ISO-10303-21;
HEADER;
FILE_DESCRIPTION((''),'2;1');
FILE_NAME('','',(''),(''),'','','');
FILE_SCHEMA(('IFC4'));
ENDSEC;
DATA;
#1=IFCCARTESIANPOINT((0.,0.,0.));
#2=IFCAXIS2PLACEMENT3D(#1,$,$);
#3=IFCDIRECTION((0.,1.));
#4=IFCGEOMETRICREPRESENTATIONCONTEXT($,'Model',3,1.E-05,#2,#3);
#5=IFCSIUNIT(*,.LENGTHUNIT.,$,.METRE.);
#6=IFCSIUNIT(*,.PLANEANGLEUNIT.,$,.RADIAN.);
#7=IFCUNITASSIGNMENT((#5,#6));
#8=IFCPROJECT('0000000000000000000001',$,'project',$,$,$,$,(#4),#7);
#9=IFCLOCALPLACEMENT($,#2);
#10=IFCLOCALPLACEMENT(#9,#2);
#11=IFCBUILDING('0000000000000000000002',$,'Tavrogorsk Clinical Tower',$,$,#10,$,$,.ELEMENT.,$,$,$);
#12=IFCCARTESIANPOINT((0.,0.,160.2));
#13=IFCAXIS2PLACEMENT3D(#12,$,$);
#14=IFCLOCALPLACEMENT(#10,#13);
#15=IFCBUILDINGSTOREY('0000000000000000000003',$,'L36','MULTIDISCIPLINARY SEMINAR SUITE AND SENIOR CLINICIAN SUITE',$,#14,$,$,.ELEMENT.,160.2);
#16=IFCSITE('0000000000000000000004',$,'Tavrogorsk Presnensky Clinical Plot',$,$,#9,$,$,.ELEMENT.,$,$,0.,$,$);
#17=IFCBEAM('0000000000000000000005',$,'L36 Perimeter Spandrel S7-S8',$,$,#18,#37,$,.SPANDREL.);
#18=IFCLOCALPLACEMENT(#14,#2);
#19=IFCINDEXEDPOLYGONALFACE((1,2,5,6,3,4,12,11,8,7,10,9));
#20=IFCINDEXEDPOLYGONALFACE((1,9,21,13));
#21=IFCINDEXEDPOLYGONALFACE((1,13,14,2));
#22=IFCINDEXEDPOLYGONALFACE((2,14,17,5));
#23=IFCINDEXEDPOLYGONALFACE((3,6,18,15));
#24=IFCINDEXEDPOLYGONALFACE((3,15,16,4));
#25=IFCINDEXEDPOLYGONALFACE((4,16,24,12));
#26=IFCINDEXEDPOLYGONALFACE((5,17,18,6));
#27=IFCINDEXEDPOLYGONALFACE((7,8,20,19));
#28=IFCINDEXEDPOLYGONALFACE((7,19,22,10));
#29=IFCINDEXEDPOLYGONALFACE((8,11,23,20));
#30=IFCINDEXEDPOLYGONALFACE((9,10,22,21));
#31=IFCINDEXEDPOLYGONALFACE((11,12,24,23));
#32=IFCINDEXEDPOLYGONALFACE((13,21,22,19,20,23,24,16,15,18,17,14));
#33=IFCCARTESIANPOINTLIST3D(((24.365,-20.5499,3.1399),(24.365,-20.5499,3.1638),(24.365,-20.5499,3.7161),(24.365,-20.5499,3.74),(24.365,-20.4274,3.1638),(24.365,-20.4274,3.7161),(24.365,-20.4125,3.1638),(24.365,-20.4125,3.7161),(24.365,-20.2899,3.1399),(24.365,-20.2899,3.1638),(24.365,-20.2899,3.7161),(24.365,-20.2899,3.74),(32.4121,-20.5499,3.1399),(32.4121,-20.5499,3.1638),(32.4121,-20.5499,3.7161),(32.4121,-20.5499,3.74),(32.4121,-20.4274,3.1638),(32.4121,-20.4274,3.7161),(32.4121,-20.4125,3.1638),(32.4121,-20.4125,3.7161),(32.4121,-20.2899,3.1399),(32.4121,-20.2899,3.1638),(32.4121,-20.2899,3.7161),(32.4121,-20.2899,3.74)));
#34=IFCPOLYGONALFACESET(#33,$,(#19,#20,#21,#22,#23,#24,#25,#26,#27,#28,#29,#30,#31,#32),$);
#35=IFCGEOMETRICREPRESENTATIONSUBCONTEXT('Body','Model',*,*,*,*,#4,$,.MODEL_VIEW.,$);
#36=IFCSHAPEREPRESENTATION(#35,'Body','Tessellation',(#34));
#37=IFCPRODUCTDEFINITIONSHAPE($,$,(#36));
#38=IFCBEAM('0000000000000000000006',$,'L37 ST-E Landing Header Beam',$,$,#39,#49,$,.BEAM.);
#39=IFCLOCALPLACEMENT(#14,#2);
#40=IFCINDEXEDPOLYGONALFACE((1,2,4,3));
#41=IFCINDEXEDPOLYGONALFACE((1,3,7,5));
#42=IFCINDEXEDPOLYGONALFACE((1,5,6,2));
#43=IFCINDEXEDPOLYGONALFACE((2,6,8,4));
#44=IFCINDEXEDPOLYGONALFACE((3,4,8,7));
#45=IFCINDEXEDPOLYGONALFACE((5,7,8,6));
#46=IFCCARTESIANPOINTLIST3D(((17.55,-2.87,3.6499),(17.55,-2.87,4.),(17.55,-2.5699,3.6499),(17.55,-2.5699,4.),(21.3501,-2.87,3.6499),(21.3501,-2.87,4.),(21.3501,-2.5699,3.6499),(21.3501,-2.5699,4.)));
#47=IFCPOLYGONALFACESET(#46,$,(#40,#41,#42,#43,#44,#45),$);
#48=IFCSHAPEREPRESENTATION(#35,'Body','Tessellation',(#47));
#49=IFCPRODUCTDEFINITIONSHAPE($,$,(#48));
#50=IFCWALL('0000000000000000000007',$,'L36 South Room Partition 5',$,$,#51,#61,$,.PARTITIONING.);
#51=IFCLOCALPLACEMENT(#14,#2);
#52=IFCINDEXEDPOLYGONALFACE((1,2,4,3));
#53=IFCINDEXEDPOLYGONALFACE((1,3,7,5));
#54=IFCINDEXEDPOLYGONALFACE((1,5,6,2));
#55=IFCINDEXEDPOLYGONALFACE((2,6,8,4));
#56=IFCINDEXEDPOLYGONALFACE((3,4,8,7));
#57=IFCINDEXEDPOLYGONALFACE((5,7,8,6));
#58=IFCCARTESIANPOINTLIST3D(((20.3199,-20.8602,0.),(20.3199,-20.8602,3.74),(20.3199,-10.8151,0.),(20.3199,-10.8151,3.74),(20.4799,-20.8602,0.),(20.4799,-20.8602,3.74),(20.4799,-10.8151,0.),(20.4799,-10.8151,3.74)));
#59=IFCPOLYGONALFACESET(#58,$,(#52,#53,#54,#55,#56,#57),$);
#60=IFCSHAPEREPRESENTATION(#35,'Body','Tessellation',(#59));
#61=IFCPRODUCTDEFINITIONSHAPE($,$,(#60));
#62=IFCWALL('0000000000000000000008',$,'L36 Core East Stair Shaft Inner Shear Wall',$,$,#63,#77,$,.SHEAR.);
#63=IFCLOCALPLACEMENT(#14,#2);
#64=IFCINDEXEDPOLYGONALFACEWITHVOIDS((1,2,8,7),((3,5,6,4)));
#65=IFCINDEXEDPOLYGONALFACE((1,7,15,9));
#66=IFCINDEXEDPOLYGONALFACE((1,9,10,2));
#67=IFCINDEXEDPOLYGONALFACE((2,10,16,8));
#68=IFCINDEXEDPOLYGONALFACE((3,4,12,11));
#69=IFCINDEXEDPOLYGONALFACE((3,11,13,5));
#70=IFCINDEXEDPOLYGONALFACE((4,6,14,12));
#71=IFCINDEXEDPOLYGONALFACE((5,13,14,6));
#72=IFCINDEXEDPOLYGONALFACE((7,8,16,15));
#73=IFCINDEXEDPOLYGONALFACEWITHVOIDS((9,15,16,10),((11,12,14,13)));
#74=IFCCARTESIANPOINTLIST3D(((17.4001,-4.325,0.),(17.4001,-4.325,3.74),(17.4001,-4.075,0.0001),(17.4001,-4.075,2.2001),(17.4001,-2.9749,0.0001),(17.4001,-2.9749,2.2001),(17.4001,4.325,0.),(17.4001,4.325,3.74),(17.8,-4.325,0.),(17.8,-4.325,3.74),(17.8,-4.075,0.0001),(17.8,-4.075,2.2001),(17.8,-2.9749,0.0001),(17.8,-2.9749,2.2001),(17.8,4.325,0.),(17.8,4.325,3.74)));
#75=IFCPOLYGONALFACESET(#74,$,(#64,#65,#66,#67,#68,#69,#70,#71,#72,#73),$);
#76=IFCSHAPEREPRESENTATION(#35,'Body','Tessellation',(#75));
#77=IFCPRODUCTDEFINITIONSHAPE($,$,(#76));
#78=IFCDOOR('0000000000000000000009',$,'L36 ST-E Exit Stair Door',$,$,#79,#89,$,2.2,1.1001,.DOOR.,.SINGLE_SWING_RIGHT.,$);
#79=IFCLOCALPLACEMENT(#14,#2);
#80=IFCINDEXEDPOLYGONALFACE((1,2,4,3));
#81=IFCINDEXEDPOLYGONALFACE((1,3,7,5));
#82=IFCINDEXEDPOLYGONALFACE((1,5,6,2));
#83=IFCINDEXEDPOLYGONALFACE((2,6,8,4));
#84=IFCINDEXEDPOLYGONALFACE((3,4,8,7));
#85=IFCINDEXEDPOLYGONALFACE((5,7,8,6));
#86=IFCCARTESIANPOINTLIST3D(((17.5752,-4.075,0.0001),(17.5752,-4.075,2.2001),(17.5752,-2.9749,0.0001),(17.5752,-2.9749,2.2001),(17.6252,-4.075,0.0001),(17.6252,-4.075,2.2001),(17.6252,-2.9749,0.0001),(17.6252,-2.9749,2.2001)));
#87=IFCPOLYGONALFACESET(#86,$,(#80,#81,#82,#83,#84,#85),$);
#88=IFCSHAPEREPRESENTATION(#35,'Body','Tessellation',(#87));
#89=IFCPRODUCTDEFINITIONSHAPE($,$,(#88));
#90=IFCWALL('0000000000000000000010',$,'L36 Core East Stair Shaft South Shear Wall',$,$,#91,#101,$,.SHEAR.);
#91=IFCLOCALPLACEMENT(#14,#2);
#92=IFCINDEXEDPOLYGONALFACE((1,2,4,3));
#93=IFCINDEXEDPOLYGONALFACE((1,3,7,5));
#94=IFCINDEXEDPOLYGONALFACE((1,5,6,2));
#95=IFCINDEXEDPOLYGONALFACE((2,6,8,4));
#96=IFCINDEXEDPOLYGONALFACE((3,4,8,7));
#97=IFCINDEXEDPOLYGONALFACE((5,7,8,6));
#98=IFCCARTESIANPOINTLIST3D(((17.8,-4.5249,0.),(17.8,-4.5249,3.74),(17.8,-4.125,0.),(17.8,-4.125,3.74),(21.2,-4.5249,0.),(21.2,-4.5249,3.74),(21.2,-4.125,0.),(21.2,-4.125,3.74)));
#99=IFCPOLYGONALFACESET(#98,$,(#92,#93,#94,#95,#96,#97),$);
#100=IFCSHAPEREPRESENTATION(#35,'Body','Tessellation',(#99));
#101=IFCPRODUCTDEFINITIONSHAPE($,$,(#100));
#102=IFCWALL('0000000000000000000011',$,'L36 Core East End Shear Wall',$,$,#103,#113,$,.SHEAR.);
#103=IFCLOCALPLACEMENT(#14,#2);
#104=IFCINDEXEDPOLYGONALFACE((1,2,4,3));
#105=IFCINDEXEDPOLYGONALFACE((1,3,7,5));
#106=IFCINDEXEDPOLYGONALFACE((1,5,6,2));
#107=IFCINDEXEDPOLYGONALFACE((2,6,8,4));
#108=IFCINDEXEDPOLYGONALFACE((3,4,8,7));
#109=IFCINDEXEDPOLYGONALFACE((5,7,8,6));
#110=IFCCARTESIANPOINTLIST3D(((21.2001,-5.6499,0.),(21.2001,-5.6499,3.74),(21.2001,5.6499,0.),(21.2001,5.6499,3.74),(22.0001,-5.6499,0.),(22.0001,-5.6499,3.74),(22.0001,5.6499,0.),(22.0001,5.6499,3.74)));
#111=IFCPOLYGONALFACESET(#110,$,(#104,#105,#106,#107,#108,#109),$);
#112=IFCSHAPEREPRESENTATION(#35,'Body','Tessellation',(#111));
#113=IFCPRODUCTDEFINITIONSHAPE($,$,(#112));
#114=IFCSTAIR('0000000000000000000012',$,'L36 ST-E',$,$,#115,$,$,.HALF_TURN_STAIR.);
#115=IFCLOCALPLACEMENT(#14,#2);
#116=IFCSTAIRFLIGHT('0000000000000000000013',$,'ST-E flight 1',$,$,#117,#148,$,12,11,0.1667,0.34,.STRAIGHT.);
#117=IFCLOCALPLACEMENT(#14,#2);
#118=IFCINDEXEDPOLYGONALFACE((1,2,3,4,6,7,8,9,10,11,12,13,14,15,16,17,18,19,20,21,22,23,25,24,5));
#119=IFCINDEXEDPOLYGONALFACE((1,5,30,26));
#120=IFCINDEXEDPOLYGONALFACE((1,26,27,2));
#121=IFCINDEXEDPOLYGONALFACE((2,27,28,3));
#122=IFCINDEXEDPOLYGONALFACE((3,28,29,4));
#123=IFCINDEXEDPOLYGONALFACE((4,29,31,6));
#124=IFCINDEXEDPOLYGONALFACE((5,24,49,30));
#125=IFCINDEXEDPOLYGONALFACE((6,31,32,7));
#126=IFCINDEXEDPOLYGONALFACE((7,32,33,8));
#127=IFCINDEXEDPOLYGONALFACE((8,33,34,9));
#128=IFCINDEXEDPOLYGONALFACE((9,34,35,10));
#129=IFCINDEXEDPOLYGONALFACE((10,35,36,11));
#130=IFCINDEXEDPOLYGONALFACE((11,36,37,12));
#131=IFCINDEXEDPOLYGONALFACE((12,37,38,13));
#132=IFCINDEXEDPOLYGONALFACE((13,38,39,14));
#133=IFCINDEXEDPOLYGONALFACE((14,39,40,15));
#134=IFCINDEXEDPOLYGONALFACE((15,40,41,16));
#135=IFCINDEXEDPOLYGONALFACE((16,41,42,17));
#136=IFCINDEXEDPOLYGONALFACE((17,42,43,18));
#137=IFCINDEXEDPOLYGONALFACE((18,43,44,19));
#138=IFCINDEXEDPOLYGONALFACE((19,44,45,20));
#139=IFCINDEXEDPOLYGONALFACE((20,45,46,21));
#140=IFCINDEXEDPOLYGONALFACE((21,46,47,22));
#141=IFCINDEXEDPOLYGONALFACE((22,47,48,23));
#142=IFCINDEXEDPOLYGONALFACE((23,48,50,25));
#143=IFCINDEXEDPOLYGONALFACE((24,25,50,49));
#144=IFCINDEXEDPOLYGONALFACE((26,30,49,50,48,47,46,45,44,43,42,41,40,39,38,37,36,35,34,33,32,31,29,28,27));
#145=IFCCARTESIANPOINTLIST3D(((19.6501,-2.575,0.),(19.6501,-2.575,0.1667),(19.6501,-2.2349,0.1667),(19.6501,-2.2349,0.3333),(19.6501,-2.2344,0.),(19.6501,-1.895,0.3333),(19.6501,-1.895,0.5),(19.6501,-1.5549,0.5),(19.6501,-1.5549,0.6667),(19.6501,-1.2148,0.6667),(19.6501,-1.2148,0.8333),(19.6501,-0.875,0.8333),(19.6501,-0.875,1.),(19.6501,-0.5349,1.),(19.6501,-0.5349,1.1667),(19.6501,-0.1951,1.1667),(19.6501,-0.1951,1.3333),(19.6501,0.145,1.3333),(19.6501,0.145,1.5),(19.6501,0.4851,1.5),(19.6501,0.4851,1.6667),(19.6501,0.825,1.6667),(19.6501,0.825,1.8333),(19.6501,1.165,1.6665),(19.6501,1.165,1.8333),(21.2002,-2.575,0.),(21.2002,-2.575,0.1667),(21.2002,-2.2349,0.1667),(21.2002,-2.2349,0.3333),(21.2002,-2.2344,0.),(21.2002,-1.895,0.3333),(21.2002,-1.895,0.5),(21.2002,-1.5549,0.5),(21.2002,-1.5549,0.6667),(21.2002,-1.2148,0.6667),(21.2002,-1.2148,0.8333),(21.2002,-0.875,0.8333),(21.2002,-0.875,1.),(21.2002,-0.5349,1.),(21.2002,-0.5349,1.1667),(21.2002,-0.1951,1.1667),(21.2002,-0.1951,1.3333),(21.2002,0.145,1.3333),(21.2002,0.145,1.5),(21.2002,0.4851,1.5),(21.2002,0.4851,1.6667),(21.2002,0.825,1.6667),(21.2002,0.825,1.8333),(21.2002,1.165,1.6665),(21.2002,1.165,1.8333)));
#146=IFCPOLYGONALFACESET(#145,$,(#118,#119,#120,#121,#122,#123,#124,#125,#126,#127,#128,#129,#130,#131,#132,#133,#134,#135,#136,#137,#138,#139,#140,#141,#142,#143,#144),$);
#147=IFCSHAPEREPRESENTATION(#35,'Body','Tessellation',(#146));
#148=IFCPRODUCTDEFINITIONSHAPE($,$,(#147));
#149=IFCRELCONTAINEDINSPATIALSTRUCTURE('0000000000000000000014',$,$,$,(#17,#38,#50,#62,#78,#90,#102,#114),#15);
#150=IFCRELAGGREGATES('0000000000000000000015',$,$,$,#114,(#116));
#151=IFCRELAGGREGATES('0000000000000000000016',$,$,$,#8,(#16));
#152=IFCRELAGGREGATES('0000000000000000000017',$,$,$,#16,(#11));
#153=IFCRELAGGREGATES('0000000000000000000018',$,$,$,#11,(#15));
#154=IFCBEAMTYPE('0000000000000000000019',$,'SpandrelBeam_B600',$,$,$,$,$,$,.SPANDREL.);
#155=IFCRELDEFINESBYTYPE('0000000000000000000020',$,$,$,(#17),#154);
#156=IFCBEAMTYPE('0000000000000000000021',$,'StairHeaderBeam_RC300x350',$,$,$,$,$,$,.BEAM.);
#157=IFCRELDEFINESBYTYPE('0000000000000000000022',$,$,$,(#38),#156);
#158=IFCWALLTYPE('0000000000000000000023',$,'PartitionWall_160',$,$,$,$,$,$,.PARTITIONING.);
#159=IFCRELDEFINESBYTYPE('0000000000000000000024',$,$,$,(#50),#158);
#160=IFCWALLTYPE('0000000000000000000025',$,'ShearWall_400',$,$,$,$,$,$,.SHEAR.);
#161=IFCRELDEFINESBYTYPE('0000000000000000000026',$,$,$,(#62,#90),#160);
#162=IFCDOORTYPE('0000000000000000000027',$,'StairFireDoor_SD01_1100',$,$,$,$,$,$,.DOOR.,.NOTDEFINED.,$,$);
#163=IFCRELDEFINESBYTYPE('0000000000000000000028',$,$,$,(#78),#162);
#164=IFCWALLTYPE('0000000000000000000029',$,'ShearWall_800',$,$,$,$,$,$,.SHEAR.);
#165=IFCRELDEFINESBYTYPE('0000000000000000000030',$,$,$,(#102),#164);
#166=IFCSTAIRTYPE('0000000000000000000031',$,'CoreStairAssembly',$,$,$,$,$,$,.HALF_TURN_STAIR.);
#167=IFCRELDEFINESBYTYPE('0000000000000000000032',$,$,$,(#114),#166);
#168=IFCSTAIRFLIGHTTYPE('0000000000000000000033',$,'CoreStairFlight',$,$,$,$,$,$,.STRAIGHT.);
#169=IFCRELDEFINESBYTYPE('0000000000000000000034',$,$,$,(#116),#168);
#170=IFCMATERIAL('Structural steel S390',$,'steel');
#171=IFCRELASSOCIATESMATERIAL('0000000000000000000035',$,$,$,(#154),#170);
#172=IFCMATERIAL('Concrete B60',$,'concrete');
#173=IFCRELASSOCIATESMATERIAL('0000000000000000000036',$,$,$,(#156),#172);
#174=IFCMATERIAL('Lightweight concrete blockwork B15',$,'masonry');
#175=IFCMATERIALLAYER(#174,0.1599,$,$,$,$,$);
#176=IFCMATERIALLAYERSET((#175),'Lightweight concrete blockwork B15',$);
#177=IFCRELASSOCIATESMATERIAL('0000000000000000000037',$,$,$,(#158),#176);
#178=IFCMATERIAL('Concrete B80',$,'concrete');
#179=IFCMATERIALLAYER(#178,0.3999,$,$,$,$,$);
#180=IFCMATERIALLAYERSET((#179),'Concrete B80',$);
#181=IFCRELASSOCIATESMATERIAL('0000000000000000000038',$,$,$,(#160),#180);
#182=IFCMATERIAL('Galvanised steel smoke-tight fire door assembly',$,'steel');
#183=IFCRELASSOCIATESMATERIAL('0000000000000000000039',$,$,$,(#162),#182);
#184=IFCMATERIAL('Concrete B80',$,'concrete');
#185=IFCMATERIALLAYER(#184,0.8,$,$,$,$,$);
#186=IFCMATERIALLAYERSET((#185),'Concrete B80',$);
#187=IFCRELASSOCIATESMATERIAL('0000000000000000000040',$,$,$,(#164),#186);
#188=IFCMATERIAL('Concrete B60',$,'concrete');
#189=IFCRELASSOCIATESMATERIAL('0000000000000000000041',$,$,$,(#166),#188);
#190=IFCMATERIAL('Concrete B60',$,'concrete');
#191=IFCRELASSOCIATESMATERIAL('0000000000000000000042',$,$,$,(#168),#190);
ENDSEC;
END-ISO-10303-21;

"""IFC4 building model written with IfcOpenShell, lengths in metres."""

from ifc_helpers import new_model, si_unit, direction, frame, frame_2d, origin, origin_2d, place, context, subcontext, project, spatial, polyline, rectangle, i_section, outline, extrude, material, layer, layer_set, material_profile, profile_set, type_object, element, fill, aggregate, save


model = new_model("IFC4")

# Units and contexts
model_context = context("Model", 3, precision=1e-05, world=origin(), true_north=direction((0.0, 1.0)))
body_context = subcontext(model_context, "Body", "Model", "MODEL_VIEW")
ifc_project = project(units=[si_unit("LENGTHUNIT", "METRE"), si_unit("PLANEANGLEUNIT", "RADIAN")], contexts=[model_context])

# Site, building, storey
site_placement = place(None, origin())
site = spatial("IfcSite", under=ifc_project, at=site_placement, Name="Tavrogorsk Presnensky Clinical Plot", CompositionType="ELEMENT", RefElevation=0.0)
building_placement = place(site_placement, origin())
building = spatial("IfcBuilding", under=site, at=building_placement, Name="Tavrogorsk Clinical Tower", CompositionType="ELEMENT")
storey_placement = place(building_placement, frame((0.0, 0.0, 160.2)))
storey = spatial("IfcBuildingStorey", under=building, at=storey_placement, Name="L36", Description="MULTIDISCIPLINARY SEMINAR SUITE AND SENIOR CLINICIAN SUITE", CompositionType="ELEMENT", Elevation=160.2)

# Beams
ifc_material_1 = material(Name="Structural steel S390", Category="steel")
ifc_material_profile_1 = material_profile(ifc_material_1, i_section(OverallWidth=0.26, OverallDepth=0.6001, WebThickness=0.0149, FlangeThickness=0.0239, at=origin_2d()), Name="B-600x260x15x24")
ifc_profile_set_1 = profile_set([ifc_material_profile_1], Name="Structural steel S390")
beam_type_1 = type_object("IfcBeamType", Name="SpandrelBeam_B600", PredefinedType="SPANDREL", material=ifc_profile_set_1)
beam_1_placement = place(storey_placement, frame((24.365, -20.4199, 3.4399), z_axis=(1.0, 0.0, 0.0), x_axis=(0.0, 1.0, 0.0)))
element("IfcBeam", 1, at=beam_1_placement, inside=storey, type_object=beam_type_1, Name="L36 Perimeter Spandrel S7-S8", PredefinedType="SPANDREL", context=body_context, shape_type="SweptSolid", body=[
    extrude(i_section(OverallWidth=0.26, OverallDepth=0.6001, WebThickness=0.0149, FlangeThickness=0.0239, at=origin_2d()), origin(), (0.0, 0.0, 1.0), 8.0471),
])
ifc_material_2 = material(Name="Concrete B60", Category="concrete")
ifc_material_profile_2 = material_profile(ifc_material_2, rectangle(XDim=0.3, YDim=0.3501, at=origin_2d()), Name="RC-SHB-300x350")
ifc_profile_set_2 = profile_set([ifc_material_profile_2], Name="Concrete B60")
beam_type_2 = type_object("IfcBeamType", Name="StairHeaderBeam_RC300x350", PredefinedType="BEAM", material=ifc_profile_set_2)
beam_2_placement = place(storey_placement, frame((17.55, -2.72, 3.825), z_axis=(1.0, 0.0, 0.0), x_axis=(0.0, 1.0, 0.0)))
element("IfcBeam", 2, at=beam_2_placement, inside=storey, type_object=beam_type_2, Name="L37 ST-E Landing Header Beam", PredefinedType="BEAM", context=body_context, shape_type="SweptSolid", body=[
    extrude(rectangle(XDim=0.3, YDim=0.3501, at=origin_2d()), origin(), (0.0, 0.0, 1.0), 3.8),
])

# Wall
ifc_material_3 = material(Name="Lightweight concrete blockwork B15", Category="masonry")
ifc_layer_1 = layer(ifc_material_3, 0.1599)
ifc_layer_set_1 = layer_set([ifc_layer_1], Name="Lightweight concrete blockwork B15")
wall_type_1 = type_object("IfcWallType", Name="PartitionWall_160", PredefinedType="PARTITIONING", material=ifc_layer_set_1)
wall_1_placement = place(storey_placement, frame((20.3999, -20.8601, 0.0), z_axis=(0.0, 0.0, 1.0), x_axis=(0.0, 1.0, 0.0)))
element("IfcWall", 3, at=wall_1_placement, inside=storey, type_object=wall_type_1, Name="L36 South Room Partition 5", PredefinedType="PARTITIONING", context=body_context, shape_type="SweptSolid", body=[
    extrude(rectangle(XDim=10.0452, YDim=0.1599, at=frame_2d((5.0225, 0.0))), origin(), (0.0, 0.0, 1.0), 3.74),
])

# Wall, opening, door
ifc_material_4 = material(Name="Concrete B80", Category="concrete")
ifc_layer_2 = layer(ifc_material_4, 0.3999)
ifc_layer_set_2 = layer_set([ifc_layer_2], Name="Concrete B80")
wall_type_2 = type_object("IfcWallType", Name="ShearWall_400", PredefinedType="SHEAR", material=ifc_layer_set_2)
wall_2_placement = place(storey_placement, frame((17.6001, -4.325, 0.0), z_axis=(0.0, 0.0, 1.0), x_axis=(0.0, 1.0, 0.0)))
wall_2 = element("IfcWall", 4, at=wall_2_placement, inside=storey, type_object=wall_type_2, Name="L36 Core East Stair Shaft Inner Shear Wall", PredefinedType="SHEAR", context=body_context, shape_type="SweptSolid", body=[
    extrude(rectangle(XDim=8.6499, YDim=0.3999, at=frame_2d((4.325, 0.0))), origin(), (0.0, 0.0, 1.0), 3.74),
])
opening_placement = place(wall_2_placement, frame((0.25, 0.0, 0.0)))
opening = element("IfcOpeningElement", 5, at=opening_placement, cuts=wall_2, PredefinedType="OPENING", context=body_context, shape_type="SweptSolid", body=[
    extrude(rectangle(XDim=1.1001, YDim=2.2, at=frame_2d((0.55, 1.1001))), frame((0.0, 0.21, 0.0), z_axis=(0.0, -1.0, 0.0), x_axis=(1.0, 0.0, 0.0)), (0.0, 0.0, 1.0), 0.4199),
])
ifc_material_5 = material(Name="Galvanised steel smoke-tight fire door assembly", Category="steel")
door_type = type_object("IfcDoorType", Name="StairFireDoor_SD01_1100", OperationType="NOTDEFINED", PredefinedType="DOOR", material=ifc_material_5)
door_placement = place(opening_placement, origin())
door = element("IfcDoor", 6, at=door_placement, inside=storey, type_object=door_type, Name="L36 ST-E Exit Stair Door", OperationType="SINGLE_SWING_RIGHT", OverallHeight=2.2, OverallWidth=1.1001, PredefinedType="DOOR", context=body_context, shape_type="SweptSolid", body=[
    extrude(rectangle(XDim=1.1001, YDim=2.2, at=frame_2d((0.55, 1.1001))), frame((0.0, 0.0249, 0.0), z_axis=(0.0, -1.0, 0.0), x_axis=(1.0, 0.0, 0.0)), (0.0, 0.0, 1.0), 0.05),
])
fill(opening, door)

# Walls
wall_3_placement = place(storey_placement, frame((17.8, -4.325, 0.0), z_axis=(0.0, 0.0, 1.0), x_axis=(1.0, 0.0, 0.0)))
element("IfcWall", 7, at=wall_3_placement, inside=storey, type_object=wall_type_2, Name="L36 Core East Stair Shaft South Shear Wall", PredefinedType="SHEAR", context=body_context, shape_type="SweptSolid", body=[
    extrude(rectangle(XDim=3.3999, YDim=0.3999, at=frame_2d((1.7, 0.0))), origin(), (0.0, 0.0, 1.0), 3.74),
])
ifc_material_6 = material(Name="Concrete B80", Category="concrete")
ifc_layer_3 = layer(ifc_material_6, 0.8)
ifc_layer_set_3 = layer_set([ifc_layer_3], Name="Concrete B80")
wall_type_3 = type_object("IfcWallType", Name="ShearWall_800", PredefinedType="SHEAR", material=ifc_layer_set_3)
wall_4_placement = place(storey_placement, frame((21.6001, -5.6499, 0.0), z_axis=(0.0, 0.0, 1.0), x_axis=(0.0, 1.0, 0.0)))
element("IfcWall", 8, at=wall_4_placement, inside=storey, type_object=wall_type_3, Name="L36 Core East End Shear Wall", PredefinedType="SHEAR", context=body_context, shape_type="SweptSolid", body=[
    extrude(rectangle(XDim=11.2998, YDim=0.8, at=frame_2d((5.6499, 0.0))), origin(), (0.0, 0.0, 1.0), 3.74),
])

# Stair, stair flight
ifc_material_7 = material(Name="Concrete B60", Category="concrete")
stair_type = type_object("IfcStairType", Name="CoreStairAssembly", PredefinedType="HALF_TURN_STAIR", material=ifc_material_7)
stair_placement = place(storey_placement, origin())
stair = element("IfcStair", 9, at=stair_placement, inside=storey, type_object=stair_type, Name="L36 ST-E", PredefinedType="HALF_TURN_STAIR")
ifc_material_8 = material(Name="Concrete B60", Category="concrete")
stair_flight_type = type_object("IfcStairFlightType", Name="CoreStairFlight", PredefinedType="STRAIGHT", material=ifc_material_8)
stair_flight_placement = place(storey_placement, frame((20.425, -2.575, 0.0), z_axis=(0.0, 0.0, 1.0), x_axis=(0.0, 1.0, 0.0)))
stair_flight = element("IfcStairFlight", 10, at=stair_flight_placement, type_object=stair_flight_type, Name="ST-E flight 1", NumberOfRisers=12, NumberOfTreads=11, PredefinedType="STRAIGHT", RiserHeight=0.1667, TreadLength=0.34, context=body_context, shape_type="SweptSolid", body=[
    extrude(outline(polyline([(0.0, 0.0), (0.0, 0.1667), (0.3401, 0.1667), (0.3401, 0.3333), (0.6799, 0.3333), (0.6799, 0.5), (1.02, 0.5), (1.02, 0.6667), (1.3601, 0.6667), (1.3601, 0.8333), (1.7, 0.8333), (1.7, 1.0), (2.04, 1.0), (2.04, 1.1667), (2.3799, 1.1667), (2.3799, 1.3333), (2.72, 1.3333), (2.72, 1.5), (3.0601, 1.5), (3.0601, 1.6667), (3.3999, 1.6667), (3.3999, 1.8333), (3.74, 1.8333), (3.74, 2.0), (3.74, 1.6665), (0.3406, 0.0), (0.0, 0.0)])), frame((0.0, 0.7749, 0.0), z_axis=(0.0, -1.0, 0.0), x_axis=(1.0, 0.0, 0.0)), (0.0, 0.0, 1.0), 1.55),
])
aggregate(stair, [stair_flight])

save(model, "model.ifc")
